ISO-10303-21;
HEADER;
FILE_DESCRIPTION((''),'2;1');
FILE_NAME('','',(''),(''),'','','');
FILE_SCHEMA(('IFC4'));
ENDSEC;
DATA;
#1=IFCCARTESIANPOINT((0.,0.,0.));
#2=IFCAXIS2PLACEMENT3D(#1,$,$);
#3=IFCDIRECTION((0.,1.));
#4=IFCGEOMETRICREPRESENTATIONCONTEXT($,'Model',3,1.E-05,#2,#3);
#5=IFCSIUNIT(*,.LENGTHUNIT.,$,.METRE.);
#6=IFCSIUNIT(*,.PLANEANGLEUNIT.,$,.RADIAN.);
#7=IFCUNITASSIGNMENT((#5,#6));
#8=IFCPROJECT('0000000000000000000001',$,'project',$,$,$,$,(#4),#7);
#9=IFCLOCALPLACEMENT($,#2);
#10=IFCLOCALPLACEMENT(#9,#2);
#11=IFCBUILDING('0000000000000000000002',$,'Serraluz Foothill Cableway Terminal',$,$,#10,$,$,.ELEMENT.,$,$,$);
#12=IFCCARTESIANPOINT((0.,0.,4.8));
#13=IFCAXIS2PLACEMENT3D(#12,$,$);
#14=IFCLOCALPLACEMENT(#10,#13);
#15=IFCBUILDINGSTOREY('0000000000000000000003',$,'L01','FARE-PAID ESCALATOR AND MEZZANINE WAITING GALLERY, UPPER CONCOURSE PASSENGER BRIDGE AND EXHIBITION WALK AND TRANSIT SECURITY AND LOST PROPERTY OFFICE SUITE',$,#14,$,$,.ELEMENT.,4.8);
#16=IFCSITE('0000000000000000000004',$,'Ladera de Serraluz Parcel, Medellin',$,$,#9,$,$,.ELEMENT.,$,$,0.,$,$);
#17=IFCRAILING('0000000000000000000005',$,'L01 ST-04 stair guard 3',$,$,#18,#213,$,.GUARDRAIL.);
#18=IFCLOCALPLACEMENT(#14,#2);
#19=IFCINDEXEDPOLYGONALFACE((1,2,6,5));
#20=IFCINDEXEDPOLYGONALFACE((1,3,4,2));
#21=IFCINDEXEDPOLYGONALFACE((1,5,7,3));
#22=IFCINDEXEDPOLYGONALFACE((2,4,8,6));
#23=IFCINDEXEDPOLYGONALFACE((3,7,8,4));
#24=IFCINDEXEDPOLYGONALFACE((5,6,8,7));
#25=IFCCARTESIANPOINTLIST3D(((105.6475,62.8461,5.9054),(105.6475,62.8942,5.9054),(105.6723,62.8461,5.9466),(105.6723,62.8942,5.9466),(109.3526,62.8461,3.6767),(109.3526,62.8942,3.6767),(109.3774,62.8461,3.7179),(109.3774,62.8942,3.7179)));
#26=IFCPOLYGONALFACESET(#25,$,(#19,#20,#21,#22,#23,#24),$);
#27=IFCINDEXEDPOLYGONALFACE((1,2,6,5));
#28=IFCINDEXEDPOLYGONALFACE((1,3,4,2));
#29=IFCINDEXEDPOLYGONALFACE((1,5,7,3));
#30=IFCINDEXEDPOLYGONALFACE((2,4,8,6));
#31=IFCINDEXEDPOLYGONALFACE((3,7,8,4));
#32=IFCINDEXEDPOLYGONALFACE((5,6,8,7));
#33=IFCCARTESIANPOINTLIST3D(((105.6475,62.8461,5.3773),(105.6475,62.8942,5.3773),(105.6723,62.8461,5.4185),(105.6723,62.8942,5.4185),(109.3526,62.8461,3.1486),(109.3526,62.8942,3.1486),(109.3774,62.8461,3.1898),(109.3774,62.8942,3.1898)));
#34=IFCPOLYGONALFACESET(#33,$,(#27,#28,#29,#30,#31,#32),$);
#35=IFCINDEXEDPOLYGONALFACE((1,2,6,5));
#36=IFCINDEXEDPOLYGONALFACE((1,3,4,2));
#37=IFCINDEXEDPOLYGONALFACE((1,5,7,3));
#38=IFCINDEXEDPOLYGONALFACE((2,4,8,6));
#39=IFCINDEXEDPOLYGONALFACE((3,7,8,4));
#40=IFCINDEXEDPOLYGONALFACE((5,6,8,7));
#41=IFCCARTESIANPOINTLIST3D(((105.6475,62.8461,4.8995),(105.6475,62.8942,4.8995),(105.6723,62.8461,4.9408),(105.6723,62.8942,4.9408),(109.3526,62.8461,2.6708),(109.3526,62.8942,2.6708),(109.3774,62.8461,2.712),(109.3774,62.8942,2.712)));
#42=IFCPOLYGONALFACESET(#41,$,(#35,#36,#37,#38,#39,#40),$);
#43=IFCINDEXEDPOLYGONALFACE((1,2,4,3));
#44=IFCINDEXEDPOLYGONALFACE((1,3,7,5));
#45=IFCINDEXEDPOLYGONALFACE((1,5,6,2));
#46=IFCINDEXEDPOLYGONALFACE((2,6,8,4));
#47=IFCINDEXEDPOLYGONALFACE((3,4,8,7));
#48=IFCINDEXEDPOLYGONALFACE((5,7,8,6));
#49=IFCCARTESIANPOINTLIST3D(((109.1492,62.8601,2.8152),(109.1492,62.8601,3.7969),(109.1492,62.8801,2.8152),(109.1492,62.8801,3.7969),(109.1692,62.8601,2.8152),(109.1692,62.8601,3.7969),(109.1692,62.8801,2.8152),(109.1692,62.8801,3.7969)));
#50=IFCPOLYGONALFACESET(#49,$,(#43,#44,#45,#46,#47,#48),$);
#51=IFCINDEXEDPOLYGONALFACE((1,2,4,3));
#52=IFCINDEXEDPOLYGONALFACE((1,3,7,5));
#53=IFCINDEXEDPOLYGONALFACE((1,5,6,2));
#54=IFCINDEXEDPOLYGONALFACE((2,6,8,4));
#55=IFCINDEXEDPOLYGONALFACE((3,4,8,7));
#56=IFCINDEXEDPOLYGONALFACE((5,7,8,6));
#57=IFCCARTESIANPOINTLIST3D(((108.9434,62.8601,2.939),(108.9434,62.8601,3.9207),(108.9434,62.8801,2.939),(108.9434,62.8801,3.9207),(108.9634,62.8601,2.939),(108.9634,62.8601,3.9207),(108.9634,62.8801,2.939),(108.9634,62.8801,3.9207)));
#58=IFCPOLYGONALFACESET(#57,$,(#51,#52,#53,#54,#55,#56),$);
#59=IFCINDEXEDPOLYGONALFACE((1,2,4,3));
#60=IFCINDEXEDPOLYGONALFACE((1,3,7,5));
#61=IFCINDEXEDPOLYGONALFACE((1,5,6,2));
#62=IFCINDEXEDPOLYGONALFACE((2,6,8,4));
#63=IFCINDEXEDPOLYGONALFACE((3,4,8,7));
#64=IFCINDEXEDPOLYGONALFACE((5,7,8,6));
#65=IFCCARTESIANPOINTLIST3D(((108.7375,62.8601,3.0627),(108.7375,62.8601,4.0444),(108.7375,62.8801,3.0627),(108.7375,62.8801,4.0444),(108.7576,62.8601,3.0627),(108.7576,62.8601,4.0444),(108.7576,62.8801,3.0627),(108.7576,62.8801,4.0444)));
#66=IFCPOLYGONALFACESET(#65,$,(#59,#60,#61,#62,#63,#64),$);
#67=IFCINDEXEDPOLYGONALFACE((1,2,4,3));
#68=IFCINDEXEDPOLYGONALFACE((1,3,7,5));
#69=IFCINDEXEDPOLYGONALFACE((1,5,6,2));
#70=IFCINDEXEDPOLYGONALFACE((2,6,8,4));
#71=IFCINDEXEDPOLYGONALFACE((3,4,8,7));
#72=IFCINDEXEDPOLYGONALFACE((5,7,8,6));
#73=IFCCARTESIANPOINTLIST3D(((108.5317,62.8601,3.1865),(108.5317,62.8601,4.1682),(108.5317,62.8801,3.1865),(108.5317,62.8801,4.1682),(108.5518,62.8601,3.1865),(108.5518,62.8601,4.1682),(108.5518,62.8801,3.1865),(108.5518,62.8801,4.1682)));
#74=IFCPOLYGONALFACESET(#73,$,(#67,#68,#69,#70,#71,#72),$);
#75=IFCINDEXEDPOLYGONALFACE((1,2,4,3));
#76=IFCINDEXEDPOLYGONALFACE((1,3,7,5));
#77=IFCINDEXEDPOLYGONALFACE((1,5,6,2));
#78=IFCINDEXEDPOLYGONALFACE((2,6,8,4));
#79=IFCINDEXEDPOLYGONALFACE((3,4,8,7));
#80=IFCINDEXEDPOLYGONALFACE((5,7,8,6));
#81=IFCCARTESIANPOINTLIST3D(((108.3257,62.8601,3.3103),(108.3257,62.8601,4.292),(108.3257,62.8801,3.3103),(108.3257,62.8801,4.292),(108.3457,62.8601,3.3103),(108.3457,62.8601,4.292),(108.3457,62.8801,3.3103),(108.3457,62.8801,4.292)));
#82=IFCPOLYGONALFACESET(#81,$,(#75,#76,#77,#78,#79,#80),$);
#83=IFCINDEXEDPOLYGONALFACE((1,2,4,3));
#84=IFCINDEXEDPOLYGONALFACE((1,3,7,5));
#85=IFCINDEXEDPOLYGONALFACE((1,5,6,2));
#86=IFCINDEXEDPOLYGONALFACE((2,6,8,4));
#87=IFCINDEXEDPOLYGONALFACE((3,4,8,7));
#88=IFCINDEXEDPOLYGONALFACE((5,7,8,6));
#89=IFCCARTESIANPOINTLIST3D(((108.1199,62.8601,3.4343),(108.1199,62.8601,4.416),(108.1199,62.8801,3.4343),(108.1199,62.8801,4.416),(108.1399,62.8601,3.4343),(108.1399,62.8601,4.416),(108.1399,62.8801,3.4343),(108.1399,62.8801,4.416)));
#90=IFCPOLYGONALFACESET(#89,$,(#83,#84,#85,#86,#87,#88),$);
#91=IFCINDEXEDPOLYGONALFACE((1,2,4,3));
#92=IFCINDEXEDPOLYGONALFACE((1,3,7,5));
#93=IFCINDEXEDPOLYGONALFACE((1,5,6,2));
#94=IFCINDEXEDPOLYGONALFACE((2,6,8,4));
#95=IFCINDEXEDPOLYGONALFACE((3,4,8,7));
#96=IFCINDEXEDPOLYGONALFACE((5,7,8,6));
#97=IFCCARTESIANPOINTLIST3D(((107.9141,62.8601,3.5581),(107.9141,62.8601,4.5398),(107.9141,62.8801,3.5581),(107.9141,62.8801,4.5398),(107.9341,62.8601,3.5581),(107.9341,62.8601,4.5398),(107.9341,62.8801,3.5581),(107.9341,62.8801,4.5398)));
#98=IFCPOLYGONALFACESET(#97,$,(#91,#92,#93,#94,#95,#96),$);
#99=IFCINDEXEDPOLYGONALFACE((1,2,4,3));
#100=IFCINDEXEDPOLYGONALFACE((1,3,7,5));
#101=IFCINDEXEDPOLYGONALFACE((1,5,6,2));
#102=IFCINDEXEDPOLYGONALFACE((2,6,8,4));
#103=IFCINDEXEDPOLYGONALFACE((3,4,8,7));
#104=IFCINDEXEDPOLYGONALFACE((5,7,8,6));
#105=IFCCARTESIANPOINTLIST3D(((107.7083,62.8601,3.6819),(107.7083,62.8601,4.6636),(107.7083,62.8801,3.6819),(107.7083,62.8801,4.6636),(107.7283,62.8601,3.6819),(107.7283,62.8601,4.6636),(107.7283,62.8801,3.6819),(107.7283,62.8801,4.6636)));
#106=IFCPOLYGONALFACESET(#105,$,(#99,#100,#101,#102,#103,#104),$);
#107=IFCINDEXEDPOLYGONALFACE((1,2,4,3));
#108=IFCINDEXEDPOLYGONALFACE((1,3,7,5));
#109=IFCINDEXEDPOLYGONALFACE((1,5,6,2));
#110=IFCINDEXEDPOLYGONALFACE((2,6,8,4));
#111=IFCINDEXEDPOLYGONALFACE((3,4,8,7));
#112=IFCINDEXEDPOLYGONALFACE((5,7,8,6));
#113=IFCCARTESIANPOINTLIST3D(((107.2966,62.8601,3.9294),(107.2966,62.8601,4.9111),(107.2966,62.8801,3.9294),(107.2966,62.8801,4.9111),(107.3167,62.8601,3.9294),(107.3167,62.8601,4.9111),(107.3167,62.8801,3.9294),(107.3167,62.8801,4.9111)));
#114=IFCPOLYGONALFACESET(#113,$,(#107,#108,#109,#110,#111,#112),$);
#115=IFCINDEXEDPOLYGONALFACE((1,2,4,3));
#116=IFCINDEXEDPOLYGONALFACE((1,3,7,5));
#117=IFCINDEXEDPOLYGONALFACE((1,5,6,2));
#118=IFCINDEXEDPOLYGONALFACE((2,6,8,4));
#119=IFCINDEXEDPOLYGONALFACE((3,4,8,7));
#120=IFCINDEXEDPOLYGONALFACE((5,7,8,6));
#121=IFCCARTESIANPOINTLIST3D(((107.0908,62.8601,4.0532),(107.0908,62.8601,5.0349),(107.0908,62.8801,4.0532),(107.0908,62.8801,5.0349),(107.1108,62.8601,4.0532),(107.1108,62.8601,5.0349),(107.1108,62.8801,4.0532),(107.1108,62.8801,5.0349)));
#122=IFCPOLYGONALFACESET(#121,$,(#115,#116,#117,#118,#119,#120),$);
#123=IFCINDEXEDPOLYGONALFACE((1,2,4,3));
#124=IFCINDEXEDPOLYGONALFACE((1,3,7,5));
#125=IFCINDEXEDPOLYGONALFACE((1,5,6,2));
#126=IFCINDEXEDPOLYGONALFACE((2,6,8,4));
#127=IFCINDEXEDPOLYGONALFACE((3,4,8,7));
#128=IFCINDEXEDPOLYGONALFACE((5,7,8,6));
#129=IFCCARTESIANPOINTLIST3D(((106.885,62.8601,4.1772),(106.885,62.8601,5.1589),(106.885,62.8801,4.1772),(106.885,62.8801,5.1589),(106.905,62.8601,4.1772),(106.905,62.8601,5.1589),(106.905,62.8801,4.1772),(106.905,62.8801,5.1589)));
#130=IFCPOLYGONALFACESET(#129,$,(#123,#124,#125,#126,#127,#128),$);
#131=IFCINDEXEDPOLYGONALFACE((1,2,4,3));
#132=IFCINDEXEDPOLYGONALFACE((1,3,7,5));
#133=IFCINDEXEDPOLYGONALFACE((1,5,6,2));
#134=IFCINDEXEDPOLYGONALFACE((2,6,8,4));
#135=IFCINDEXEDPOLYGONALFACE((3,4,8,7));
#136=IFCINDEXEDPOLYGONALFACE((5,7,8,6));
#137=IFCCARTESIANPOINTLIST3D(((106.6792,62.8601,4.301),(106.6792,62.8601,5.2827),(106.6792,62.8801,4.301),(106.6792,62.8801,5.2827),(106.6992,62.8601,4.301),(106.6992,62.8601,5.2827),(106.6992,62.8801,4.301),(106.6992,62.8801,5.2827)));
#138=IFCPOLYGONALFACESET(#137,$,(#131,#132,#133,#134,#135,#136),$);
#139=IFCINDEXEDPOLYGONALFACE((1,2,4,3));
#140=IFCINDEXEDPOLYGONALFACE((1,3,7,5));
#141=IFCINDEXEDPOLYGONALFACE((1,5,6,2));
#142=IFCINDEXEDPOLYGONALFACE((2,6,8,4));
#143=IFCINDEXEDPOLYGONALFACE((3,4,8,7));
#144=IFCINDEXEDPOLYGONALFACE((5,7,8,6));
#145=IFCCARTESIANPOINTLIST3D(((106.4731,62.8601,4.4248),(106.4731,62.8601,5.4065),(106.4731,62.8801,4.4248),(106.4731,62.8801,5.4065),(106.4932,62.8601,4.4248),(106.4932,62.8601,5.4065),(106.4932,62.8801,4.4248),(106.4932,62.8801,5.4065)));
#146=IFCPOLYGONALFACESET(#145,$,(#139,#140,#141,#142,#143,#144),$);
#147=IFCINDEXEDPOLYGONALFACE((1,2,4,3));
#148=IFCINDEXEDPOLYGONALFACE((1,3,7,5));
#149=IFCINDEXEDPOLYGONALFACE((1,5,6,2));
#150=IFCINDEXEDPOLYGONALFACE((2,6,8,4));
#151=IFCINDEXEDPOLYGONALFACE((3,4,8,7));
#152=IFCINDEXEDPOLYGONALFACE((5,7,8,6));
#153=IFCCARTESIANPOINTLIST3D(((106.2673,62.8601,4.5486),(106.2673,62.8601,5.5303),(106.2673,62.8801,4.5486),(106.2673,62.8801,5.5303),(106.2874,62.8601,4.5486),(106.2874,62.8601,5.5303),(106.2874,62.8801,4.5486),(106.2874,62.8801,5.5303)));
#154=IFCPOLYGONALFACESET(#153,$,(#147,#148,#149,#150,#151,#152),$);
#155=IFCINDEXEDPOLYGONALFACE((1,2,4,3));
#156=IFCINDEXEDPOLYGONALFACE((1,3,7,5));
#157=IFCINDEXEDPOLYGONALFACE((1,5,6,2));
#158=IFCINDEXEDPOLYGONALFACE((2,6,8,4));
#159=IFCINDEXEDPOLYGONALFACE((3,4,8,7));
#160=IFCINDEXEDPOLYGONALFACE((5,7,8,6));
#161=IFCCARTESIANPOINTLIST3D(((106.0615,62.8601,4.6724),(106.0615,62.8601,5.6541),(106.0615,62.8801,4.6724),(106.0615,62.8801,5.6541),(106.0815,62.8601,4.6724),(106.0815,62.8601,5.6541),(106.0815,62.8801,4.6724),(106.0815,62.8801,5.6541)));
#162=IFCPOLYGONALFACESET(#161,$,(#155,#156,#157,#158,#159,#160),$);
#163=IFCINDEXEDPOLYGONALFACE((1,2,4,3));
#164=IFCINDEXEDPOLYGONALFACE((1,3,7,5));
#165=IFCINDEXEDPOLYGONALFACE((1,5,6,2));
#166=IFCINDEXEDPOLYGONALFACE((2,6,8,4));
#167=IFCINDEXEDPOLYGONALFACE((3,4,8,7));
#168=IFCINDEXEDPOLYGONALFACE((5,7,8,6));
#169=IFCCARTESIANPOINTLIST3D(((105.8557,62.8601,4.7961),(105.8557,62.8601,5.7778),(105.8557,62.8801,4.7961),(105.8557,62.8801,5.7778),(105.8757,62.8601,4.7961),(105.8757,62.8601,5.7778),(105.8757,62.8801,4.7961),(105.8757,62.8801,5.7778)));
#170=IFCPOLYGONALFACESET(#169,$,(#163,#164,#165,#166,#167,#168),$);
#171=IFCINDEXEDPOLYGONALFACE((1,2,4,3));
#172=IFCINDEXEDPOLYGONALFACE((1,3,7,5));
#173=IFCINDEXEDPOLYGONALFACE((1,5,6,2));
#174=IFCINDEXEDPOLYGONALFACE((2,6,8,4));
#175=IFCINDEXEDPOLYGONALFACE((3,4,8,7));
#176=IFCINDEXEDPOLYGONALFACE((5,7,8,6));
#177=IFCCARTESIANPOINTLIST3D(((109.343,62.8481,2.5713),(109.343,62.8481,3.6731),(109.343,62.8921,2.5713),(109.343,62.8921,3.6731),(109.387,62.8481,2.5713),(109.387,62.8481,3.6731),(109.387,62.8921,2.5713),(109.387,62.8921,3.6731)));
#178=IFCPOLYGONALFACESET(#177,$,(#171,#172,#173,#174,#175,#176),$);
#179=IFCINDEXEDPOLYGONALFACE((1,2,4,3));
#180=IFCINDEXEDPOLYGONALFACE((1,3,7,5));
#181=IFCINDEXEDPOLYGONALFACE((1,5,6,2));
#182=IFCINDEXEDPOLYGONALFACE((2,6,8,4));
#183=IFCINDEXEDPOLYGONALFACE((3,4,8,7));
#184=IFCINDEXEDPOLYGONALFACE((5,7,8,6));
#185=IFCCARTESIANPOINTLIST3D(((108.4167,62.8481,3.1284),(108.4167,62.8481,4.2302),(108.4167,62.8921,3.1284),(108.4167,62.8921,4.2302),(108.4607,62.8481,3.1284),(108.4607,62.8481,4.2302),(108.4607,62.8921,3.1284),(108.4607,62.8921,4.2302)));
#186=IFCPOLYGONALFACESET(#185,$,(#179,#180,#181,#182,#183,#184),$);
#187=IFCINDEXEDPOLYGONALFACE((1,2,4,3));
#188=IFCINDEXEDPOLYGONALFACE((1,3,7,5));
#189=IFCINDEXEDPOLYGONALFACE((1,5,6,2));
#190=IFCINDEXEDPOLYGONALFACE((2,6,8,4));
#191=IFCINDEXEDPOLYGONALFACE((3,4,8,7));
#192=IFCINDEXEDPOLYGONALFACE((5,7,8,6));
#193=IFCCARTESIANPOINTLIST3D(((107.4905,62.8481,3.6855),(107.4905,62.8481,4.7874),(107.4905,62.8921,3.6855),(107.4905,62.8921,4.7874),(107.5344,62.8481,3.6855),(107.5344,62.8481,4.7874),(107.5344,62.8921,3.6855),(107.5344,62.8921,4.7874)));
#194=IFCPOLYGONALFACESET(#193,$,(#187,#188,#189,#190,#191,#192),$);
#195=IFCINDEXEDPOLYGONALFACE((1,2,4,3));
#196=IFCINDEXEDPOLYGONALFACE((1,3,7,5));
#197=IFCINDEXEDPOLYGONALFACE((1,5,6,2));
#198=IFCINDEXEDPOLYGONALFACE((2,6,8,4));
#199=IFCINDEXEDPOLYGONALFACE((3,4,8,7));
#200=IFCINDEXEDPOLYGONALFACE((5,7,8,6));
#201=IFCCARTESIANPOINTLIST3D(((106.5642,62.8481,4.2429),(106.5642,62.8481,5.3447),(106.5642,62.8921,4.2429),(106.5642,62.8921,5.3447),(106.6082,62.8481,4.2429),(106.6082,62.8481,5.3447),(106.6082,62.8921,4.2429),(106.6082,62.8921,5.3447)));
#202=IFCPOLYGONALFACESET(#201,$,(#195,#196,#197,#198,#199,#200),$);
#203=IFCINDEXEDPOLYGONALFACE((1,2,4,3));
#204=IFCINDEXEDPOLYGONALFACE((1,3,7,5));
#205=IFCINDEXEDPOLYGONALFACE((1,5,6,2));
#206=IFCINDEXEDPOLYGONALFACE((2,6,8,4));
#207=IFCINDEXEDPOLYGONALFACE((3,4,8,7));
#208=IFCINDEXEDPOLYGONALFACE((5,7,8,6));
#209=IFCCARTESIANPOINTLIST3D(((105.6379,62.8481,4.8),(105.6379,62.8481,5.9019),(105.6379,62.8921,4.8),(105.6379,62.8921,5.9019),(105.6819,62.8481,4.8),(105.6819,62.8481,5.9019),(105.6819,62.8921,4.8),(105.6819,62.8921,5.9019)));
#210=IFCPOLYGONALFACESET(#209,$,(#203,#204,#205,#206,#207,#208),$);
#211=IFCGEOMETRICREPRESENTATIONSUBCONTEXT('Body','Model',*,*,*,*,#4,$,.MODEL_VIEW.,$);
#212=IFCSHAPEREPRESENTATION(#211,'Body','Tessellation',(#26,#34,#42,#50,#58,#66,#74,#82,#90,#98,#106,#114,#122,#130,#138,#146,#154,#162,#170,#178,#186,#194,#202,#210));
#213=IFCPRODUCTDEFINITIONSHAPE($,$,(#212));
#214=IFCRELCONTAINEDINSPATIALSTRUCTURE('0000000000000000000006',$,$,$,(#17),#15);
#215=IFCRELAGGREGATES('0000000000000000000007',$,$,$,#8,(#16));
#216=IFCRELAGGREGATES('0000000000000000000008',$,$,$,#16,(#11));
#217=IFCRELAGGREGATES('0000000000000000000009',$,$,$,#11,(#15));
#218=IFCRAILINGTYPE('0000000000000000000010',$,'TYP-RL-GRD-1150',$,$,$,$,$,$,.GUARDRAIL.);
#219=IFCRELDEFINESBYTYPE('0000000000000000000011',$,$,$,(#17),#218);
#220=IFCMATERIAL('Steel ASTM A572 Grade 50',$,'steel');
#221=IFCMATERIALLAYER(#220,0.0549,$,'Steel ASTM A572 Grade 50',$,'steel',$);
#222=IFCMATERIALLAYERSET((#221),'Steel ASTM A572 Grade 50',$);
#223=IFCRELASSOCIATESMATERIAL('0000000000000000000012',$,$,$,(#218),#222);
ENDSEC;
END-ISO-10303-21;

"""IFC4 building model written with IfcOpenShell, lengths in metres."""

from ifc_helpers import new_model, si_unit, direction, frame, origin, origin_2d, place, context, subcontext, project, spatial, rectangle, extrude, material, layer, layer_set, type_object, element, save


model = new_model("IFC4")

# Units and contexts
model_context = context("Model", 3, precision=1e-05, world=origin(), true_north=direction((0.0, 1.0)))
body_context = subcontext(model_context, "Body", "Model", "MODEL_VIEW")
ifc_project = project(units=[si_unit("LENGTHUNIT", "METRE"), si_unit("PLANEANGLEUNIT", "RADIAN")], contexts=[model_context])

# Site, building, storey
site_placement = place(None, origin())
site = spatial("IfcSite", under=ifc_project, at=site_placement, Name="Ladera de Serraluz Parcel, Medellin", CompositionType="ELEMENT", RefElevation=0.0)
building_placement = place(site_placement, origin())
building = spatial("IfcBuilding", under=site, at=building_placement, Name="Serraluz Foothill Cableway Terminal", CompositionType="ELEMENT")
storey_placement = place(building_placement, frame((0.0, 0.0, 4.8)))
storey = spatial("IfcBuildingStorey", under=building, at=storey_placement, Name="L01", Description="FARE-PAID ESCALATOR AND MEZZANINE WAITING GALLERY, UPPER CONCOURSE PASSENGER BRIDGE AND EXHIBITION WALK AND TRANSIT SECURITY AND LOST PROPERTY OFFICE SUITE", CompositionType="ELEMENT", Elevation=4.8)

# Railing
ifc_material_1 = material(Name="Steel ASTM A572 Grade 50", Category="steel")
ifc_layer_1 = layer(ifc_material_1, 0.0549, Name="Steel ASTM A572 Grade 50", Category="steel")
ifc_layer_set_1 = layer_set([ifc_layer_1], Name="Steel ASTM A572 Grade 50")
railing_type_1 = type_object("IfcRailingType", Name="TYP-RL-GRD-1150", PredefinedType="GUARDRAIL", material=ifc_layer_set_1)
railing_1_placement = place(storey_placement, frame((109.365, 62.8701, 2.5713)))
element("IfcRailing", 1, at=railing_1_placement, inside=storey, type_object=railing_type_1, Name="L01 ST-04 stair guard 3", PredefinedType="GUARDRAIL", context=body_context, shape_type="SweptSolid", body=[
    extrude(rectangle(XDim=0.0481, YDim=0.0481, at=origin_2d()), frame((0.0, 0.0, 1.126), z_axis=(-0.856909, 0.0, 0.515467), x_axis=(0.0, -1.0, 0.0)), (0.0, 0.0, 1.0), 4.3237),
    extrude(rectangle(XDim=0.0481, YDim=0.0481, at=origin_2d()), frame((0.0, 0.0, 0.5979), z_axis=(-0.856909, 0.0, 0.515467), x_axis=(0.0, -1.0, 0.0)), (0.0, 0.0, 1.0), 4.3237),
    extrude(rectangle(XDim=0.0481, YDim=0.0481, at=origin_2d()), frame((0.0, 0.0, 0.1201), z_axis=(-0.856909, 0.0, 0.515467), x_axis=(0.0, -1.0, 0.0)), (0.0, 0.0, 1.0), 4.3237),
    extrude(rectangle(XDim=0.02, YDim=0.02, at=origin_2d()), frame((-0.2058, 0.0, 0.2439)), (0.0, 0.0, 1.0), 0.9817),
    extrude(rectangle(XDim=0.02, YDim=0.02, at=origin_2d()), frame((-0.4116, 0.0, 0.3677)), (0.0, 0.0, 1.0), 0.9817),
    extrude(rectangle(XDim=0.02, YDim=0.02, at=origin_2d()), frame((-0.6174, 0.0, 0.4915)), (0.0, 0.0, 1.0), 0.9817),
    extrude(rectangle(XDim=0.02, YDim=0.02, at=origin_2d()), frame((-0.8232, 0.0, 0.6152)), (0.0, 0.0, 1.0), 0.9817),
    extrude(rectangle(XDim=0.02, YDim=0.02, at=origin_2d()), frame((-1.0293, 0.0, 0.739)), (0.0, 0.0, 1.0), 0.9817),
    extrude(rectangle(XDim=0.02, YDim=0.02, at=origin_2d()), frame((-1.2351, 0.0, 0.863)), (0.0, 0.0, 1.0), 0.9817),
    extrude(rectangle(XDim=0.02, YDim=0.02, at=origin_2d()), frame((-1.4409, 0.0, 0.9868)), (0.0, 0.0, 1.0), 0.9817),
    extrude(rectangle(XDim=0.02, YDim=0.02, at=origin_2d()), frame((-1.6467, 0.0, 1.1106)), (0.0, 0.0, 1.0), 0.9817),
    extrude(rectangle(XDim=0.02, YDim=0.02, at=origin_2d()), frame((-2.0583, 0.0, 1.3582)), (0.0, 0.0, 1.0), 0.9817),
    extrude(rectangle(XDim=0.02, YDim=0.02, at=origin_2d()), frame((-2.2642, 0.0, 1.4819)), (0.0, 0.0, 1.0), 0.9817),
    extrude(rectangle(XDim=0.02, YDim=0.02, at=origin_2d()), frame((-2.47, 0.0, 1.606)), (0.0, 0.0, 1.0), 0.9817),
    extrude(rectangle(XDim=0.02, YDim=0.02, at=origin_2d()), frame((-2.6758, 0.0, 1.7297)), (0.0, 0.0, 1.0), 0.9817),
    extrude(rectangle(XDim=0.02, YDim=0.02, at=origin_2d()), frame((-2.8818, 0.0, 1.8535)), (0.0, 0.0, 1.0), 0.9817),
    extrude(rectangle(XDim=0.02, YDim=0.02, at=origin_2d()), frame((-3.0876, 0.0, 1.9773)), (0.0, 0.0, 1.0), 0.9817),
    extrude(rectangle(XDim=0.02, YDim=0.02, at=origin_2d()), frame((-3.2935, 0.0, 2.1011)), (0.0, 0.0, 1.0), 0.9817),
    extrude(rectangle(XDim=0.02, YDim=0.02, at=origin_2d()), frame((-3.4993, 0.0, 2.2249)), (0.0, 0.0, 1.0), 0.9817),
    extrude(rectangle(XDim=0.0439, YDim=0.0439, at=origin_2d()), origin(), (0.0, 0.0, 1.0), 1.1018),
    extrude(rectangle(XDim=0.0439, YDim=0.0439, at=origin_2d()), frame((-0.9263, 0.0, 0.5571)), (0.0, 0.0, 1.0), 1.1018),
    extrude(rectangle(XDim=0.0439, YDim=0.0439, at=origin_2d()), frame((-1.8525, 0.0, 1.1143)), (0.0, 0.0, 1.0), 1.1018),
    extrude(rectangle(XDim=0.0439, YDim=0.0439, at=origin_2d()), frame((-2.7788, 0.0, 1.6716)), (0.0, 0.0, 1.0), 1.1018),
    extrude(rectangle(XDim=0.0439, YDim=0.0439, at=origin_2d()), frame((-3.7051, 0.0, 2.2288)), (0.0, 0.0, 1.0), 1.1018),
])

save(model, "model.ifc")
